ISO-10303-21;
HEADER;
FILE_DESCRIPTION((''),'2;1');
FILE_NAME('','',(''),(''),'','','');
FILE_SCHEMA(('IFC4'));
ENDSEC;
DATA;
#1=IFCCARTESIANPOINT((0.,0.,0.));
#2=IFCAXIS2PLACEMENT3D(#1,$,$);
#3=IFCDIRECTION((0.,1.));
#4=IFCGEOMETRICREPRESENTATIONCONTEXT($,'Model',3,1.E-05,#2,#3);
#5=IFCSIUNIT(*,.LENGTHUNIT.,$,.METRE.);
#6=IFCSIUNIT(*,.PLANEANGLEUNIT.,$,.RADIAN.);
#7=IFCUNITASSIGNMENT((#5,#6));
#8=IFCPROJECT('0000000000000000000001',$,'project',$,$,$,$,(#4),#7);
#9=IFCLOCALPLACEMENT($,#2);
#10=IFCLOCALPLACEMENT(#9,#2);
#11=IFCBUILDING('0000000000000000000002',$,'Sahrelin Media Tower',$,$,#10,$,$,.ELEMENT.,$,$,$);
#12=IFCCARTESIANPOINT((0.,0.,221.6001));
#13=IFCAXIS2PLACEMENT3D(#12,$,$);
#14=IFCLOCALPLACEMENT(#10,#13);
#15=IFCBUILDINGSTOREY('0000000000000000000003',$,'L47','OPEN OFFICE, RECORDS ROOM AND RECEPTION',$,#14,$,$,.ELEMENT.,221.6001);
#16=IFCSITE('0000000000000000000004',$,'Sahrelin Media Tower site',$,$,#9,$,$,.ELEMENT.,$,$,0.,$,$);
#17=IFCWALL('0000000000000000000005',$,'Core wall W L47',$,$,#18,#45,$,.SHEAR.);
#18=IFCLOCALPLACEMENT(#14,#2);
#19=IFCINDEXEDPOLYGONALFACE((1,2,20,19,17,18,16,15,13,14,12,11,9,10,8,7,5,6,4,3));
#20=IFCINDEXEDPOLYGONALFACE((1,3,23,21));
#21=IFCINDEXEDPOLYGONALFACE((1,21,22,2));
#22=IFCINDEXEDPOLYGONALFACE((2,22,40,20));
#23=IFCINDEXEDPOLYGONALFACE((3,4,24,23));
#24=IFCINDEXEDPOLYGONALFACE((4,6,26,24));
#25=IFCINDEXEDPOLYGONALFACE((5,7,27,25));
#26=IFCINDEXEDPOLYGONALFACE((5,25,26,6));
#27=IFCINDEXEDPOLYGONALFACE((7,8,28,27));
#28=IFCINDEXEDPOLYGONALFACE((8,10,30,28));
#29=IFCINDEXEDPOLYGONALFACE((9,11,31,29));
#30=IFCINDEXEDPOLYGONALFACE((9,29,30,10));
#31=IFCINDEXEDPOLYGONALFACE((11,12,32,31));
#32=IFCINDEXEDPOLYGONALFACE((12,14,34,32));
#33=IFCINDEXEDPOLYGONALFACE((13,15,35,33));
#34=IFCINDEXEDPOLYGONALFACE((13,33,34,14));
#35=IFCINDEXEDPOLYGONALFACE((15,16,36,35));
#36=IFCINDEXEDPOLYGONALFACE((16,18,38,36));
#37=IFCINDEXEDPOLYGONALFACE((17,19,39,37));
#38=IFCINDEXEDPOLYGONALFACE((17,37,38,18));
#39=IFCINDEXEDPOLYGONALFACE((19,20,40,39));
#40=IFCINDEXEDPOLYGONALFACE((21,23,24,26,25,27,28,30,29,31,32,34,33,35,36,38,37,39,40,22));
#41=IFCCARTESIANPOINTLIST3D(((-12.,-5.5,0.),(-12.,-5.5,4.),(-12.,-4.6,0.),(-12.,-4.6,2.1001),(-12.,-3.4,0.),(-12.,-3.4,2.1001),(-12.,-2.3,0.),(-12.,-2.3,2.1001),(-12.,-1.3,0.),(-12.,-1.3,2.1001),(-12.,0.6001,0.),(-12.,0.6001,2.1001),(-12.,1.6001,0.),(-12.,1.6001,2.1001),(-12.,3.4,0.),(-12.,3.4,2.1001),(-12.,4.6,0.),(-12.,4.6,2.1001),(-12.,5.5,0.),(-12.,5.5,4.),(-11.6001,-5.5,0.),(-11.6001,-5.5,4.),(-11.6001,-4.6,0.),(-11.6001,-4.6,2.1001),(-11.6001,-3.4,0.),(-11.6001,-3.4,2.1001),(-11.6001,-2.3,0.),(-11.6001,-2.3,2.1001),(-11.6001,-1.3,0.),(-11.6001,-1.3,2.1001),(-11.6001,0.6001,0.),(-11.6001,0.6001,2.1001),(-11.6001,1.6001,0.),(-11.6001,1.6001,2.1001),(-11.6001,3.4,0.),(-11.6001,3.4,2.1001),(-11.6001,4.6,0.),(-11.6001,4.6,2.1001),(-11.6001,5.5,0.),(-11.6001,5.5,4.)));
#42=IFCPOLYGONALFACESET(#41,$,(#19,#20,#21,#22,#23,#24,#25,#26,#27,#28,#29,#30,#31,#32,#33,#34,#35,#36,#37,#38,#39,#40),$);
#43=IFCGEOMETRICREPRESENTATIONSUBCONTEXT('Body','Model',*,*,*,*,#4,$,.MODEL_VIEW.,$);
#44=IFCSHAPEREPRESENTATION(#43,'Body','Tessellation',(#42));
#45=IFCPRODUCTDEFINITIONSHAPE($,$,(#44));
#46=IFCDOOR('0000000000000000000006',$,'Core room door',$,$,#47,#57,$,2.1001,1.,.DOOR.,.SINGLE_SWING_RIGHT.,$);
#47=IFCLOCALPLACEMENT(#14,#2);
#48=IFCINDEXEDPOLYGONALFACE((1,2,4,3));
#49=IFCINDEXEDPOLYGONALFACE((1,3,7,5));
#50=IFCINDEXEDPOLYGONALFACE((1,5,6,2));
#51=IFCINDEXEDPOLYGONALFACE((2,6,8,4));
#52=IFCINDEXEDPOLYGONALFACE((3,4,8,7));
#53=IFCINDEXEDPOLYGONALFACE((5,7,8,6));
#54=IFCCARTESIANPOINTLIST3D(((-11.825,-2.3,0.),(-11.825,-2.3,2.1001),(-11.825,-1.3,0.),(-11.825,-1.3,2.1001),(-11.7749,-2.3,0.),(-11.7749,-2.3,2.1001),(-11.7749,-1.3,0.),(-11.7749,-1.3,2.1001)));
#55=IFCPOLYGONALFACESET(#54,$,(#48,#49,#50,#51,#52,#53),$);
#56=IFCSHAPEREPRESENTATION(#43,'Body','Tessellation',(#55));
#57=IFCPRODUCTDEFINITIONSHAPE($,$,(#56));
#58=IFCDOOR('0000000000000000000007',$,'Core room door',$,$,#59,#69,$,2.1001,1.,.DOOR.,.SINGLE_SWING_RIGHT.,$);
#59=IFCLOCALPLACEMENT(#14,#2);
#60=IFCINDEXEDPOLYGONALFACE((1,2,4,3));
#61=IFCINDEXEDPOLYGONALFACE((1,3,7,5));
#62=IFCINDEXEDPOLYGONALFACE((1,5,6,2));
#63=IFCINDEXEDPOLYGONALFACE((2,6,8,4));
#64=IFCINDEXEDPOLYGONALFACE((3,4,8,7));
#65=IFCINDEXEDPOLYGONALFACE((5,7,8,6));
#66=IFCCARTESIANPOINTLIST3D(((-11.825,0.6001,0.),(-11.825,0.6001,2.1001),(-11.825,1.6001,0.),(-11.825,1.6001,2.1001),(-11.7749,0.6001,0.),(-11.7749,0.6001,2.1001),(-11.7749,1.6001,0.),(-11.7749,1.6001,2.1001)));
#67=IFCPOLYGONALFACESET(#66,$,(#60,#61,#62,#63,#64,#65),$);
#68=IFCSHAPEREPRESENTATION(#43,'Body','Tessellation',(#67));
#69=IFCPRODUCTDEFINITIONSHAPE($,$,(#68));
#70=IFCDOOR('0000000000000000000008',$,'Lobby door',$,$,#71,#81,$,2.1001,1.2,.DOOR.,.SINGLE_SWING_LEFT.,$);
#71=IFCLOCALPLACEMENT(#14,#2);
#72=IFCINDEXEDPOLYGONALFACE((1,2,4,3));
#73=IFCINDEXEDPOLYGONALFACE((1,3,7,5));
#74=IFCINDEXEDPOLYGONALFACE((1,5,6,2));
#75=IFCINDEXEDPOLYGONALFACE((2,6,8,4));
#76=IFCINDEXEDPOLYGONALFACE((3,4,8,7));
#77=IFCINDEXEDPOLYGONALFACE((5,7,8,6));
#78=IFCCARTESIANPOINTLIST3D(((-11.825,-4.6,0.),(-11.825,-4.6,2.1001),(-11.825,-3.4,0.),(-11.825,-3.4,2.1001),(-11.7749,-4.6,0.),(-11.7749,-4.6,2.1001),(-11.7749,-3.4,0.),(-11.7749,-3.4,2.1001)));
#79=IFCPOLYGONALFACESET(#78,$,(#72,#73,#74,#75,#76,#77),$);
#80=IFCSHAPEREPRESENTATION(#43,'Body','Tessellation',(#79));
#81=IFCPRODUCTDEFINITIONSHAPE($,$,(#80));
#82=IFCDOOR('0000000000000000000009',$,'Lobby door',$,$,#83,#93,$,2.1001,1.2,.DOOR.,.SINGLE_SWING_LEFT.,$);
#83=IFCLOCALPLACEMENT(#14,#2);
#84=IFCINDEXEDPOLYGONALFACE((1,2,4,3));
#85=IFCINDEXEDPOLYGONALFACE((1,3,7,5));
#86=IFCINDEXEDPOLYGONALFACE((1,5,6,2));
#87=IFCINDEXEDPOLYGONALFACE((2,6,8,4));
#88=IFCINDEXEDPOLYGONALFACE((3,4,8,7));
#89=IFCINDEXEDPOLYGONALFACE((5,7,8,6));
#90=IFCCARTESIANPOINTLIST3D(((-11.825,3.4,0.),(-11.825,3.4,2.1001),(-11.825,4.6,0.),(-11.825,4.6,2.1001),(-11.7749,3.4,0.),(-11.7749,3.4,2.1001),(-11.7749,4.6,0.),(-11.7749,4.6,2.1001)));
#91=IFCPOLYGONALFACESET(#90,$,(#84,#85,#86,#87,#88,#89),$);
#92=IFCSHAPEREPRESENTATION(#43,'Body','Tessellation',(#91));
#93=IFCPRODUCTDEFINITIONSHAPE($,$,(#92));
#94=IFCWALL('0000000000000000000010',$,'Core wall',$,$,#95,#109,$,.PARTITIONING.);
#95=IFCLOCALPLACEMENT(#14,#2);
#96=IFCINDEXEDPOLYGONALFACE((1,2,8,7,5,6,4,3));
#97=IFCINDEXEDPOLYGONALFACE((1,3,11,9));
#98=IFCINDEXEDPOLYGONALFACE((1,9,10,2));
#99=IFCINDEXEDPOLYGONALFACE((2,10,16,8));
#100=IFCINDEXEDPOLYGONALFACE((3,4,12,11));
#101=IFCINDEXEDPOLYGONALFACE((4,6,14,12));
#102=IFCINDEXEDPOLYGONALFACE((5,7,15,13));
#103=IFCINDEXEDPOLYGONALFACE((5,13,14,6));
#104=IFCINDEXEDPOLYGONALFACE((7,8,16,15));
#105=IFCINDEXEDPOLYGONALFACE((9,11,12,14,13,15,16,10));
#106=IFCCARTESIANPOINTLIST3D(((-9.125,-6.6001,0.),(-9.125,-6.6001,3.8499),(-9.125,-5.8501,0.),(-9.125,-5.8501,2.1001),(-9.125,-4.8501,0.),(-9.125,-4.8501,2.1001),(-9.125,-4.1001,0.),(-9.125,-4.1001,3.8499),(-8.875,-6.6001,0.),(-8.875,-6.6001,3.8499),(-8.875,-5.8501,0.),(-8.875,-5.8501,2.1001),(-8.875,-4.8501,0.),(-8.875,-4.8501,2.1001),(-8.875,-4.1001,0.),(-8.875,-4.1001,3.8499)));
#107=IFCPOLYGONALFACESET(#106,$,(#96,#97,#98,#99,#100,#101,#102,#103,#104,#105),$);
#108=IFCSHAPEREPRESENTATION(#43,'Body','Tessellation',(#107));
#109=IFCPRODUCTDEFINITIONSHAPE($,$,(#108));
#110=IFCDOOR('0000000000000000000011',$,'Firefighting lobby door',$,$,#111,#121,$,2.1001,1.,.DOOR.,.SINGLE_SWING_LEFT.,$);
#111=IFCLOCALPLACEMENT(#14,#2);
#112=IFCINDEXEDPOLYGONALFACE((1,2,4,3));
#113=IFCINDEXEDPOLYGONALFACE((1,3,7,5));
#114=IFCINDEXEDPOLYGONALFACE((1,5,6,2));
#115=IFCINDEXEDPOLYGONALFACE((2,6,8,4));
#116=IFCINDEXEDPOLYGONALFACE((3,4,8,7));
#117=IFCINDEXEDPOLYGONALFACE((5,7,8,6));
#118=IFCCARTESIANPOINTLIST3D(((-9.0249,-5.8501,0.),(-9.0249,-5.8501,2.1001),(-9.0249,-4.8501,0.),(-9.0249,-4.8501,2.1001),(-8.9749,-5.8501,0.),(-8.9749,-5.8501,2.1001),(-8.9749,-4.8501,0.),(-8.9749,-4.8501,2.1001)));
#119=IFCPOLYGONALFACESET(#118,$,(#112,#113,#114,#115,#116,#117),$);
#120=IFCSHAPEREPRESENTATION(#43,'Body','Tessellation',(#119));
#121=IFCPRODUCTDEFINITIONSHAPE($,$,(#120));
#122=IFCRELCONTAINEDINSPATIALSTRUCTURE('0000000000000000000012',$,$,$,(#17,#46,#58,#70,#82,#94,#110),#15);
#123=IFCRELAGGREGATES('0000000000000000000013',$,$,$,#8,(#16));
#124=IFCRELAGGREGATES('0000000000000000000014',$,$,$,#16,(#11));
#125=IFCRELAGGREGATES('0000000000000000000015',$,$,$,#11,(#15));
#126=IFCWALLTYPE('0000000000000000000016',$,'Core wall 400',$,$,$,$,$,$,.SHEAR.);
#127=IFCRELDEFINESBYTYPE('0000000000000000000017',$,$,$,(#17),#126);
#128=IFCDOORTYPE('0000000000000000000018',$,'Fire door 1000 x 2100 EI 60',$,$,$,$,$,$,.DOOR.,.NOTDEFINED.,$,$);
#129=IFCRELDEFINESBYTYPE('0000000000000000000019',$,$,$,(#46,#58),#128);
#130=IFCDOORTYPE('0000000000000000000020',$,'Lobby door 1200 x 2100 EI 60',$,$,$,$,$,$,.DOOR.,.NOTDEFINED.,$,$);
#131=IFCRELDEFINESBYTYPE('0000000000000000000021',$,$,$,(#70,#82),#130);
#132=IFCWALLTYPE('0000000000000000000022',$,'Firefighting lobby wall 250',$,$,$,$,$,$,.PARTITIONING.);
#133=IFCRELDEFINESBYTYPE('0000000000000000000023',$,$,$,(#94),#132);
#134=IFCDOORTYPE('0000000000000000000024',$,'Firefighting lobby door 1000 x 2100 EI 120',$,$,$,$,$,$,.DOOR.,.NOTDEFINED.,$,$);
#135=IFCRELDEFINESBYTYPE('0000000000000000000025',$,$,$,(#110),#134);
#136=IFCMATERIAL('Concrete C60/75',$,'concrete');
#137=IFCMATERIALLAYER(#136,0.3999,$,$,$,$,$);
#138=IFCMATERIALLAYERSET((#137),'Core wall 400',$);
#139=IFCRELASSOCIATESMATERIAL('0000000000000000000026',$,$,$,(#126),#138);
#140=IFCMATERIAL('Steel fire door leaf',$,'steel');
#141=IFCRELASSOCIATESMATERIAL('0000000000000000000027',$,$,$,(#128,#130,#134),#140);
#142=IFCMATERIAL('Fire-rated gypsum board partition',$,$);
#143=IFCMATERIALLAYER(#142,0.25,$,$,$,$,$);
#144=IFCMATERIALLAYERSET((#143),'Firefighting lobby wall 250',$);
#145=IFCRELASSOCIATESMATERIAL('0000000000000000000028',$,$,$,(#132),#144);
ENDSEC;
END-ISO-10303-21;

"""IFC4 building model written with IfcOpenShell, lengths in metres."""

from ifc_helpers import new_model, si_unit, direction, frame, frame_2d, origin, place, context, subcontext, project, spatial, rectangle, extrude, material, layer, layer_set, type_object, element, fill, save


model = new_model("IFC4")

# Units and contexts
model_context = context("Model", 3, precision=1e-05, world=origin(), true_north=direction((0.0, 1.0)))
body_context = subcontext(model_context, "Body", "Model", "MODEL_VIEW")
ifc_project = project(units=[si_unit("LENGTHUNIT", "METRE"), si_unit("PLANEANGLEUNIT", "RADIAN")], contexts=[model_context])

# Site, building, storey
site_placement = place(None, origin())
site = spatial("IfcSite", under=ifc_project, at=site_placement, Name="Sahrelin Media Tower site", CompositionType="ELEMENT", RefElevation=0.0)
building_placement = place(site_placement, origin())
building = spatial("IfcBuilding", under=site, at=building_placement, Name="Sahrelin Media Tower", CompositionType="ELEMENT")
storey_placement = place(building_placement, frame((0.0, 0.0, 221.6001)))
storey = spatial("IfcBuildingStorey", under=building, at=storey_placement, Name="L47", Description="OPEN OFFICE, RECORDS ROOM AND RECEPTION", CompositionType="ELEMENT", Elevation=221.6001)

# Wall, openings, doors
ifc_material_1 = material(Name="Concrete C60/75", Category="concrete")
ifc_layer_1 = layer(ifc_material_1, 0.3999)
ifc_layer_set_1 = layer_set([ifc_layer_1], Name="Core wall 400")
wall_type_1 = type_object("IfcWallType", Name="Core wall 400", PredefinedType="SHEAR", material=ifc_layer_set_1)
wall_1_placement = place(storey_placement, frame((-11.8, -5.5, 0.0), z_axis=(0.0, 0.0, 1.0), x_axis=(0.0, 1.0, 0.0)))
wall_1 = element("IfcWall", 1, at=wall_1_placement, inside=storey, type_object=wall_type_1, Name="Core wall W L47", PredefinedType="SHEAR", context=body_context, shape_type="SweptSolid", body=[
    extrude(rectangle(XDim=11.0, YDim=0.3999, at=frame_2d((5.5, 0.0))), origin(), (0.0, 0.0, 1.0), 4.0),
])
opening_1_placement = place(wall_1_placement, frame((3.2, 0.0, 0.0)))
opening_1 = element("IfcOpeningElement", 2, at=opening_1_placement, cuts=wall_1, PredefinedType="OPENING", context=body_context, shape_type="SweptSolid", body=[
    extrude(rectangle(XDim=1.0, YDim=2.1001, at=frame_2d((0.5, 1.05))), frame((0.0, 0.2, 0.0), z_axis=(0.0, -1.0, 0.0), x_axis=(1.0, 0.0, 0.0)), (0.0, 0.0, 1.0), 0.3999),
])
opening_2_placement = place(wall_1_placement, frame((6.1001, 0.0, 0.0)))
opening_2 = element("IfcOpeningElement", 3, at=opening_2_placement, cuts=wall_1, PredefinedType="OPENING", context=body_context, shape_type="SweptSolid", body=[
    extrude(rectangle(XDim=1.0, YDim=2.1001, at=frame_2d((0.5, 1.05))), frame((0.0, 0.2, 0.0), z_axis=(0.0, -1.0, 0.0), x_axis=(1.0, 0.0, 0.0)), (0.0, 0.0, 1.0), 0.3999),
])
opening_3_placement = place(wall_1_placement, frame((0.8999, 0.0, 0.0)))
opening_3 = element("IfcOpeningElement", 4, at=opening_3_placement, cuts=wall_1, PredefinedType="OPENING", context=body_context, shape_type="SweptSolid", body=[
    extrude(rectangle(XDim=1.2, YDim=2.1001, at=frame_2d((0.6001, 1.05))), frame((0.0, 0.2, 0.0), z_axis=(0.0, -1.0, 0.0), x_axis=(1.0, 0.0, 0.0)), (0.0, 0.0, 1.0), 0.3999),
])
opening_4_placement = place(wall_1_placement, frame((8.8999, 0.0, 0.0)))
opening_4 = element("IfcOpeningElement", 5, at=opening_4_placement, cuts=wall_1, PredefinedType="OPENING", context=body_context, shape_type="SweptSolid", body=[
    extrude(rectangle(XDim=1.2, YDim=2.1001, at=frame_2d((0.6001, 1.05))), frame((0.0, 0.2, 0.0), z_axis=(0.0, -1.0, 0.0), x_axis=(1.0, 0.0, 0.0)), (0.0, 0.0, 1.0), 0.3999),
])
ifc_material_2 = material(Name="Steel fire door leaf", Category="steel")
door_type_1 = type_object("IfcDoorType", Name="Fire door 1000 x 2100 EI 60", OperationType="NOTDEFINED", PredefinedType="DOOR", material=ifc_material_2)
door_1_placement = place(opening_1_placement, origin())
door_1 = element("IfcDoor", 6, at=door_1_placement, inside=storey, type_object=door_type_1, Name="Core room door", OperationType="SINGLE_SWING_RIGHT", OverallHeight=2.1001, OverallWidth=1.0, PredefinedType="DOOR", context=body_context, shape_type="SweptSolid", body=[
    extrude(rectangle(XDim=1.0, YDim=2.1001, at=frame_2d((0.5, 1.05))), frame((0.0, 0.0249, 0.0), z_axis=(0.0, -1.0, 0.0), x_axis=(1.0, 0.0, 0.0)), (0.0, 0.0, 1.0), 0.05),
])
fill(opening_1, door_1)
door_2_placement = place(opening_2_placement, origin())
door_2 = element("IfcDoor", 7, at=door_2_placement, inside=storey, type_object=door_type_1, Name="Core room door", OperationType="SINGLE_SWING_RIGHT", OverallHeight=2.1001, OverallWidth=1.0, PredefinedType="DOOR", context=body_context, shape_type="SweptSolid", body=[
    extrude(rectangle(XDim=1.0, YDim=2.1001, at=frame_2d((0.5, 1.05))), frame((0.0, 0.0249, 0.0), z_axis=(0.0, -1.0, 0.0), x_axis=(1.0, 0.0, 0.0)), (0.0, 0.0, 1.0), 0.05),
])
fill(opening_2, door_2)
door_type_2 = type_object("IfcDoorType", Name="Lobby door 1200 x 2100 EI 60", OperationType="NOTDEFINED", PredefinedType="DOOR", material=ifc_material_2)
door_3_placement = place(opening_3_placement, origin())
door_3 = element("IfcDoor", 8, at=door_3_placement, inside=storey, type_object=door_type_2, Name="Lobby door", OperationType="SINGLE_SWING_LEFT", OverallHeight=2.1001, OverallWidth=1.2, PredefinedType="DOOR", context=body_context, shape_type="SweptSolid", body=[
    extrude(rectangle(XDim=1.2, YDim=2.1001, at=frame_2d((0.6001, 1.05))), frame((0.0, 0.0249, 0.0), z_axis=(0.0, -1.0, 0.0), x_axis=(1.0, 0.0, 0.0)), (0.0, 0.0, 1.0), 0.05),
])
fill(opening_3, door_3)
door_4_placement = place(opening_4_placement, origin())
door_4 = element("IfcDoor", 9, at=door_4_placement, inside=storey, type_object=door_type_2, Name="Lobby door", OperationType="SINGLE_SWING_LEFT", OverallHeight=2.1001, OverallWidth=1.2, PredefinedType="DOOR", context=body_context, shape_type="SweptSolid", body=[
    extrude(rectangle(XDim=1.2, YDim=2.1001, at=frame_2d((0.6001, 1.05))), frame((0.0, 0.0249, 0.0), z_axis=(0.0, -1.0, 0.0), x_axis=(1.0, 0.0, 0.0)), (0.0, 0.0, 1.0), 0.05),
])
fill(opening_4, door_4)

# Wall, opening, door
ifc_material_3 = material(Name="Fire-rated gypsum board partition")
ifc_layer_2 = layer(ifc_material_3, 0.25)
ifc_layer_set_2 = layer_set([ifc_layer_2], Name="Firefighting lobby wall 250")
wall_type_2 = type_object("IfcWallType", Name="Firefighting lobby wall 250", PredefinedType="PARTITIONING", material=ifc_layer_set_2)
wall_2_placement = place(storey_placement, frame((-9.0, -6.6001, 0.0), z_axis=(0.0, 0.0, 1.0), x_axis=(0.0, 1.0, 0.0)))
wall_2 = element("IfcWall", 10, at=wall_2_placement, inside=storey, type_object=wall_type_2, Name="Core wall", PredefinedType="PARTITIONING", context=body_context, shape_type="SweptSolid", body=[
    extrude(rectangle(XDim=2.5, YDim=0.25, at=frame_2d((1.25, 0.0))), origin(), (0.0, 0.0, 1.0), 3.8499),
])
opening_5_placement = place(wall_2_placement, frame((0.75, 0.0, 0.0)))
opening_5 = element("IfcOpeningElement", 11, at=opening_5_placement, cuts=wall_2, PredefinedType="OPENING", context=body_context, shape_type="SweptSolid", body=[
    extrude(rectangle(XDim=1.0, YDim=2.1001, at=frame_2d((0.5, 1.05))), frame((0.0, 0.125, 0.0), z_axis=(0.0, -1.0, 0.0), x_axis=(1.0, 0.0, 0.0)), (0.0, 0.0, 1.0), 0.25),
])
door_type_3 = type_object("IfcDoorType", Name="Firefighting lobby door 1000 x 2100 EI 120", OperationType="NOTDEFINED", PredefinedType="DOOR", material=ifc_material_2)
door_5_placement = place(opening_5_placement, origin())
door_5 = element("IfcDoor", 12, at=door_5_placement, inside=storey, type_object=door_type_3, Name="Firefighting lobby door", OperationType="SINGLE_SWING_LEFT", OverallHeight=2.1001, OverallWidth=1.0, PredefinedType="DOOR", context=body_context, shape_type="SweptSolid", body=[
    extrude(rectangle(XDim=1.0, YDim=2.1001, at=frame_2d((0.5, 1.05))), frame((0.0, 0.0249, 0.0), z_axis=(0.0, -1.0, 0.0), x_axis=(1.0, 0.0, 0.0)), (0.0, 0.0, 1.0), 0.05),
])
fill(opening_5, door_5)

save(model, "model.ifc")
